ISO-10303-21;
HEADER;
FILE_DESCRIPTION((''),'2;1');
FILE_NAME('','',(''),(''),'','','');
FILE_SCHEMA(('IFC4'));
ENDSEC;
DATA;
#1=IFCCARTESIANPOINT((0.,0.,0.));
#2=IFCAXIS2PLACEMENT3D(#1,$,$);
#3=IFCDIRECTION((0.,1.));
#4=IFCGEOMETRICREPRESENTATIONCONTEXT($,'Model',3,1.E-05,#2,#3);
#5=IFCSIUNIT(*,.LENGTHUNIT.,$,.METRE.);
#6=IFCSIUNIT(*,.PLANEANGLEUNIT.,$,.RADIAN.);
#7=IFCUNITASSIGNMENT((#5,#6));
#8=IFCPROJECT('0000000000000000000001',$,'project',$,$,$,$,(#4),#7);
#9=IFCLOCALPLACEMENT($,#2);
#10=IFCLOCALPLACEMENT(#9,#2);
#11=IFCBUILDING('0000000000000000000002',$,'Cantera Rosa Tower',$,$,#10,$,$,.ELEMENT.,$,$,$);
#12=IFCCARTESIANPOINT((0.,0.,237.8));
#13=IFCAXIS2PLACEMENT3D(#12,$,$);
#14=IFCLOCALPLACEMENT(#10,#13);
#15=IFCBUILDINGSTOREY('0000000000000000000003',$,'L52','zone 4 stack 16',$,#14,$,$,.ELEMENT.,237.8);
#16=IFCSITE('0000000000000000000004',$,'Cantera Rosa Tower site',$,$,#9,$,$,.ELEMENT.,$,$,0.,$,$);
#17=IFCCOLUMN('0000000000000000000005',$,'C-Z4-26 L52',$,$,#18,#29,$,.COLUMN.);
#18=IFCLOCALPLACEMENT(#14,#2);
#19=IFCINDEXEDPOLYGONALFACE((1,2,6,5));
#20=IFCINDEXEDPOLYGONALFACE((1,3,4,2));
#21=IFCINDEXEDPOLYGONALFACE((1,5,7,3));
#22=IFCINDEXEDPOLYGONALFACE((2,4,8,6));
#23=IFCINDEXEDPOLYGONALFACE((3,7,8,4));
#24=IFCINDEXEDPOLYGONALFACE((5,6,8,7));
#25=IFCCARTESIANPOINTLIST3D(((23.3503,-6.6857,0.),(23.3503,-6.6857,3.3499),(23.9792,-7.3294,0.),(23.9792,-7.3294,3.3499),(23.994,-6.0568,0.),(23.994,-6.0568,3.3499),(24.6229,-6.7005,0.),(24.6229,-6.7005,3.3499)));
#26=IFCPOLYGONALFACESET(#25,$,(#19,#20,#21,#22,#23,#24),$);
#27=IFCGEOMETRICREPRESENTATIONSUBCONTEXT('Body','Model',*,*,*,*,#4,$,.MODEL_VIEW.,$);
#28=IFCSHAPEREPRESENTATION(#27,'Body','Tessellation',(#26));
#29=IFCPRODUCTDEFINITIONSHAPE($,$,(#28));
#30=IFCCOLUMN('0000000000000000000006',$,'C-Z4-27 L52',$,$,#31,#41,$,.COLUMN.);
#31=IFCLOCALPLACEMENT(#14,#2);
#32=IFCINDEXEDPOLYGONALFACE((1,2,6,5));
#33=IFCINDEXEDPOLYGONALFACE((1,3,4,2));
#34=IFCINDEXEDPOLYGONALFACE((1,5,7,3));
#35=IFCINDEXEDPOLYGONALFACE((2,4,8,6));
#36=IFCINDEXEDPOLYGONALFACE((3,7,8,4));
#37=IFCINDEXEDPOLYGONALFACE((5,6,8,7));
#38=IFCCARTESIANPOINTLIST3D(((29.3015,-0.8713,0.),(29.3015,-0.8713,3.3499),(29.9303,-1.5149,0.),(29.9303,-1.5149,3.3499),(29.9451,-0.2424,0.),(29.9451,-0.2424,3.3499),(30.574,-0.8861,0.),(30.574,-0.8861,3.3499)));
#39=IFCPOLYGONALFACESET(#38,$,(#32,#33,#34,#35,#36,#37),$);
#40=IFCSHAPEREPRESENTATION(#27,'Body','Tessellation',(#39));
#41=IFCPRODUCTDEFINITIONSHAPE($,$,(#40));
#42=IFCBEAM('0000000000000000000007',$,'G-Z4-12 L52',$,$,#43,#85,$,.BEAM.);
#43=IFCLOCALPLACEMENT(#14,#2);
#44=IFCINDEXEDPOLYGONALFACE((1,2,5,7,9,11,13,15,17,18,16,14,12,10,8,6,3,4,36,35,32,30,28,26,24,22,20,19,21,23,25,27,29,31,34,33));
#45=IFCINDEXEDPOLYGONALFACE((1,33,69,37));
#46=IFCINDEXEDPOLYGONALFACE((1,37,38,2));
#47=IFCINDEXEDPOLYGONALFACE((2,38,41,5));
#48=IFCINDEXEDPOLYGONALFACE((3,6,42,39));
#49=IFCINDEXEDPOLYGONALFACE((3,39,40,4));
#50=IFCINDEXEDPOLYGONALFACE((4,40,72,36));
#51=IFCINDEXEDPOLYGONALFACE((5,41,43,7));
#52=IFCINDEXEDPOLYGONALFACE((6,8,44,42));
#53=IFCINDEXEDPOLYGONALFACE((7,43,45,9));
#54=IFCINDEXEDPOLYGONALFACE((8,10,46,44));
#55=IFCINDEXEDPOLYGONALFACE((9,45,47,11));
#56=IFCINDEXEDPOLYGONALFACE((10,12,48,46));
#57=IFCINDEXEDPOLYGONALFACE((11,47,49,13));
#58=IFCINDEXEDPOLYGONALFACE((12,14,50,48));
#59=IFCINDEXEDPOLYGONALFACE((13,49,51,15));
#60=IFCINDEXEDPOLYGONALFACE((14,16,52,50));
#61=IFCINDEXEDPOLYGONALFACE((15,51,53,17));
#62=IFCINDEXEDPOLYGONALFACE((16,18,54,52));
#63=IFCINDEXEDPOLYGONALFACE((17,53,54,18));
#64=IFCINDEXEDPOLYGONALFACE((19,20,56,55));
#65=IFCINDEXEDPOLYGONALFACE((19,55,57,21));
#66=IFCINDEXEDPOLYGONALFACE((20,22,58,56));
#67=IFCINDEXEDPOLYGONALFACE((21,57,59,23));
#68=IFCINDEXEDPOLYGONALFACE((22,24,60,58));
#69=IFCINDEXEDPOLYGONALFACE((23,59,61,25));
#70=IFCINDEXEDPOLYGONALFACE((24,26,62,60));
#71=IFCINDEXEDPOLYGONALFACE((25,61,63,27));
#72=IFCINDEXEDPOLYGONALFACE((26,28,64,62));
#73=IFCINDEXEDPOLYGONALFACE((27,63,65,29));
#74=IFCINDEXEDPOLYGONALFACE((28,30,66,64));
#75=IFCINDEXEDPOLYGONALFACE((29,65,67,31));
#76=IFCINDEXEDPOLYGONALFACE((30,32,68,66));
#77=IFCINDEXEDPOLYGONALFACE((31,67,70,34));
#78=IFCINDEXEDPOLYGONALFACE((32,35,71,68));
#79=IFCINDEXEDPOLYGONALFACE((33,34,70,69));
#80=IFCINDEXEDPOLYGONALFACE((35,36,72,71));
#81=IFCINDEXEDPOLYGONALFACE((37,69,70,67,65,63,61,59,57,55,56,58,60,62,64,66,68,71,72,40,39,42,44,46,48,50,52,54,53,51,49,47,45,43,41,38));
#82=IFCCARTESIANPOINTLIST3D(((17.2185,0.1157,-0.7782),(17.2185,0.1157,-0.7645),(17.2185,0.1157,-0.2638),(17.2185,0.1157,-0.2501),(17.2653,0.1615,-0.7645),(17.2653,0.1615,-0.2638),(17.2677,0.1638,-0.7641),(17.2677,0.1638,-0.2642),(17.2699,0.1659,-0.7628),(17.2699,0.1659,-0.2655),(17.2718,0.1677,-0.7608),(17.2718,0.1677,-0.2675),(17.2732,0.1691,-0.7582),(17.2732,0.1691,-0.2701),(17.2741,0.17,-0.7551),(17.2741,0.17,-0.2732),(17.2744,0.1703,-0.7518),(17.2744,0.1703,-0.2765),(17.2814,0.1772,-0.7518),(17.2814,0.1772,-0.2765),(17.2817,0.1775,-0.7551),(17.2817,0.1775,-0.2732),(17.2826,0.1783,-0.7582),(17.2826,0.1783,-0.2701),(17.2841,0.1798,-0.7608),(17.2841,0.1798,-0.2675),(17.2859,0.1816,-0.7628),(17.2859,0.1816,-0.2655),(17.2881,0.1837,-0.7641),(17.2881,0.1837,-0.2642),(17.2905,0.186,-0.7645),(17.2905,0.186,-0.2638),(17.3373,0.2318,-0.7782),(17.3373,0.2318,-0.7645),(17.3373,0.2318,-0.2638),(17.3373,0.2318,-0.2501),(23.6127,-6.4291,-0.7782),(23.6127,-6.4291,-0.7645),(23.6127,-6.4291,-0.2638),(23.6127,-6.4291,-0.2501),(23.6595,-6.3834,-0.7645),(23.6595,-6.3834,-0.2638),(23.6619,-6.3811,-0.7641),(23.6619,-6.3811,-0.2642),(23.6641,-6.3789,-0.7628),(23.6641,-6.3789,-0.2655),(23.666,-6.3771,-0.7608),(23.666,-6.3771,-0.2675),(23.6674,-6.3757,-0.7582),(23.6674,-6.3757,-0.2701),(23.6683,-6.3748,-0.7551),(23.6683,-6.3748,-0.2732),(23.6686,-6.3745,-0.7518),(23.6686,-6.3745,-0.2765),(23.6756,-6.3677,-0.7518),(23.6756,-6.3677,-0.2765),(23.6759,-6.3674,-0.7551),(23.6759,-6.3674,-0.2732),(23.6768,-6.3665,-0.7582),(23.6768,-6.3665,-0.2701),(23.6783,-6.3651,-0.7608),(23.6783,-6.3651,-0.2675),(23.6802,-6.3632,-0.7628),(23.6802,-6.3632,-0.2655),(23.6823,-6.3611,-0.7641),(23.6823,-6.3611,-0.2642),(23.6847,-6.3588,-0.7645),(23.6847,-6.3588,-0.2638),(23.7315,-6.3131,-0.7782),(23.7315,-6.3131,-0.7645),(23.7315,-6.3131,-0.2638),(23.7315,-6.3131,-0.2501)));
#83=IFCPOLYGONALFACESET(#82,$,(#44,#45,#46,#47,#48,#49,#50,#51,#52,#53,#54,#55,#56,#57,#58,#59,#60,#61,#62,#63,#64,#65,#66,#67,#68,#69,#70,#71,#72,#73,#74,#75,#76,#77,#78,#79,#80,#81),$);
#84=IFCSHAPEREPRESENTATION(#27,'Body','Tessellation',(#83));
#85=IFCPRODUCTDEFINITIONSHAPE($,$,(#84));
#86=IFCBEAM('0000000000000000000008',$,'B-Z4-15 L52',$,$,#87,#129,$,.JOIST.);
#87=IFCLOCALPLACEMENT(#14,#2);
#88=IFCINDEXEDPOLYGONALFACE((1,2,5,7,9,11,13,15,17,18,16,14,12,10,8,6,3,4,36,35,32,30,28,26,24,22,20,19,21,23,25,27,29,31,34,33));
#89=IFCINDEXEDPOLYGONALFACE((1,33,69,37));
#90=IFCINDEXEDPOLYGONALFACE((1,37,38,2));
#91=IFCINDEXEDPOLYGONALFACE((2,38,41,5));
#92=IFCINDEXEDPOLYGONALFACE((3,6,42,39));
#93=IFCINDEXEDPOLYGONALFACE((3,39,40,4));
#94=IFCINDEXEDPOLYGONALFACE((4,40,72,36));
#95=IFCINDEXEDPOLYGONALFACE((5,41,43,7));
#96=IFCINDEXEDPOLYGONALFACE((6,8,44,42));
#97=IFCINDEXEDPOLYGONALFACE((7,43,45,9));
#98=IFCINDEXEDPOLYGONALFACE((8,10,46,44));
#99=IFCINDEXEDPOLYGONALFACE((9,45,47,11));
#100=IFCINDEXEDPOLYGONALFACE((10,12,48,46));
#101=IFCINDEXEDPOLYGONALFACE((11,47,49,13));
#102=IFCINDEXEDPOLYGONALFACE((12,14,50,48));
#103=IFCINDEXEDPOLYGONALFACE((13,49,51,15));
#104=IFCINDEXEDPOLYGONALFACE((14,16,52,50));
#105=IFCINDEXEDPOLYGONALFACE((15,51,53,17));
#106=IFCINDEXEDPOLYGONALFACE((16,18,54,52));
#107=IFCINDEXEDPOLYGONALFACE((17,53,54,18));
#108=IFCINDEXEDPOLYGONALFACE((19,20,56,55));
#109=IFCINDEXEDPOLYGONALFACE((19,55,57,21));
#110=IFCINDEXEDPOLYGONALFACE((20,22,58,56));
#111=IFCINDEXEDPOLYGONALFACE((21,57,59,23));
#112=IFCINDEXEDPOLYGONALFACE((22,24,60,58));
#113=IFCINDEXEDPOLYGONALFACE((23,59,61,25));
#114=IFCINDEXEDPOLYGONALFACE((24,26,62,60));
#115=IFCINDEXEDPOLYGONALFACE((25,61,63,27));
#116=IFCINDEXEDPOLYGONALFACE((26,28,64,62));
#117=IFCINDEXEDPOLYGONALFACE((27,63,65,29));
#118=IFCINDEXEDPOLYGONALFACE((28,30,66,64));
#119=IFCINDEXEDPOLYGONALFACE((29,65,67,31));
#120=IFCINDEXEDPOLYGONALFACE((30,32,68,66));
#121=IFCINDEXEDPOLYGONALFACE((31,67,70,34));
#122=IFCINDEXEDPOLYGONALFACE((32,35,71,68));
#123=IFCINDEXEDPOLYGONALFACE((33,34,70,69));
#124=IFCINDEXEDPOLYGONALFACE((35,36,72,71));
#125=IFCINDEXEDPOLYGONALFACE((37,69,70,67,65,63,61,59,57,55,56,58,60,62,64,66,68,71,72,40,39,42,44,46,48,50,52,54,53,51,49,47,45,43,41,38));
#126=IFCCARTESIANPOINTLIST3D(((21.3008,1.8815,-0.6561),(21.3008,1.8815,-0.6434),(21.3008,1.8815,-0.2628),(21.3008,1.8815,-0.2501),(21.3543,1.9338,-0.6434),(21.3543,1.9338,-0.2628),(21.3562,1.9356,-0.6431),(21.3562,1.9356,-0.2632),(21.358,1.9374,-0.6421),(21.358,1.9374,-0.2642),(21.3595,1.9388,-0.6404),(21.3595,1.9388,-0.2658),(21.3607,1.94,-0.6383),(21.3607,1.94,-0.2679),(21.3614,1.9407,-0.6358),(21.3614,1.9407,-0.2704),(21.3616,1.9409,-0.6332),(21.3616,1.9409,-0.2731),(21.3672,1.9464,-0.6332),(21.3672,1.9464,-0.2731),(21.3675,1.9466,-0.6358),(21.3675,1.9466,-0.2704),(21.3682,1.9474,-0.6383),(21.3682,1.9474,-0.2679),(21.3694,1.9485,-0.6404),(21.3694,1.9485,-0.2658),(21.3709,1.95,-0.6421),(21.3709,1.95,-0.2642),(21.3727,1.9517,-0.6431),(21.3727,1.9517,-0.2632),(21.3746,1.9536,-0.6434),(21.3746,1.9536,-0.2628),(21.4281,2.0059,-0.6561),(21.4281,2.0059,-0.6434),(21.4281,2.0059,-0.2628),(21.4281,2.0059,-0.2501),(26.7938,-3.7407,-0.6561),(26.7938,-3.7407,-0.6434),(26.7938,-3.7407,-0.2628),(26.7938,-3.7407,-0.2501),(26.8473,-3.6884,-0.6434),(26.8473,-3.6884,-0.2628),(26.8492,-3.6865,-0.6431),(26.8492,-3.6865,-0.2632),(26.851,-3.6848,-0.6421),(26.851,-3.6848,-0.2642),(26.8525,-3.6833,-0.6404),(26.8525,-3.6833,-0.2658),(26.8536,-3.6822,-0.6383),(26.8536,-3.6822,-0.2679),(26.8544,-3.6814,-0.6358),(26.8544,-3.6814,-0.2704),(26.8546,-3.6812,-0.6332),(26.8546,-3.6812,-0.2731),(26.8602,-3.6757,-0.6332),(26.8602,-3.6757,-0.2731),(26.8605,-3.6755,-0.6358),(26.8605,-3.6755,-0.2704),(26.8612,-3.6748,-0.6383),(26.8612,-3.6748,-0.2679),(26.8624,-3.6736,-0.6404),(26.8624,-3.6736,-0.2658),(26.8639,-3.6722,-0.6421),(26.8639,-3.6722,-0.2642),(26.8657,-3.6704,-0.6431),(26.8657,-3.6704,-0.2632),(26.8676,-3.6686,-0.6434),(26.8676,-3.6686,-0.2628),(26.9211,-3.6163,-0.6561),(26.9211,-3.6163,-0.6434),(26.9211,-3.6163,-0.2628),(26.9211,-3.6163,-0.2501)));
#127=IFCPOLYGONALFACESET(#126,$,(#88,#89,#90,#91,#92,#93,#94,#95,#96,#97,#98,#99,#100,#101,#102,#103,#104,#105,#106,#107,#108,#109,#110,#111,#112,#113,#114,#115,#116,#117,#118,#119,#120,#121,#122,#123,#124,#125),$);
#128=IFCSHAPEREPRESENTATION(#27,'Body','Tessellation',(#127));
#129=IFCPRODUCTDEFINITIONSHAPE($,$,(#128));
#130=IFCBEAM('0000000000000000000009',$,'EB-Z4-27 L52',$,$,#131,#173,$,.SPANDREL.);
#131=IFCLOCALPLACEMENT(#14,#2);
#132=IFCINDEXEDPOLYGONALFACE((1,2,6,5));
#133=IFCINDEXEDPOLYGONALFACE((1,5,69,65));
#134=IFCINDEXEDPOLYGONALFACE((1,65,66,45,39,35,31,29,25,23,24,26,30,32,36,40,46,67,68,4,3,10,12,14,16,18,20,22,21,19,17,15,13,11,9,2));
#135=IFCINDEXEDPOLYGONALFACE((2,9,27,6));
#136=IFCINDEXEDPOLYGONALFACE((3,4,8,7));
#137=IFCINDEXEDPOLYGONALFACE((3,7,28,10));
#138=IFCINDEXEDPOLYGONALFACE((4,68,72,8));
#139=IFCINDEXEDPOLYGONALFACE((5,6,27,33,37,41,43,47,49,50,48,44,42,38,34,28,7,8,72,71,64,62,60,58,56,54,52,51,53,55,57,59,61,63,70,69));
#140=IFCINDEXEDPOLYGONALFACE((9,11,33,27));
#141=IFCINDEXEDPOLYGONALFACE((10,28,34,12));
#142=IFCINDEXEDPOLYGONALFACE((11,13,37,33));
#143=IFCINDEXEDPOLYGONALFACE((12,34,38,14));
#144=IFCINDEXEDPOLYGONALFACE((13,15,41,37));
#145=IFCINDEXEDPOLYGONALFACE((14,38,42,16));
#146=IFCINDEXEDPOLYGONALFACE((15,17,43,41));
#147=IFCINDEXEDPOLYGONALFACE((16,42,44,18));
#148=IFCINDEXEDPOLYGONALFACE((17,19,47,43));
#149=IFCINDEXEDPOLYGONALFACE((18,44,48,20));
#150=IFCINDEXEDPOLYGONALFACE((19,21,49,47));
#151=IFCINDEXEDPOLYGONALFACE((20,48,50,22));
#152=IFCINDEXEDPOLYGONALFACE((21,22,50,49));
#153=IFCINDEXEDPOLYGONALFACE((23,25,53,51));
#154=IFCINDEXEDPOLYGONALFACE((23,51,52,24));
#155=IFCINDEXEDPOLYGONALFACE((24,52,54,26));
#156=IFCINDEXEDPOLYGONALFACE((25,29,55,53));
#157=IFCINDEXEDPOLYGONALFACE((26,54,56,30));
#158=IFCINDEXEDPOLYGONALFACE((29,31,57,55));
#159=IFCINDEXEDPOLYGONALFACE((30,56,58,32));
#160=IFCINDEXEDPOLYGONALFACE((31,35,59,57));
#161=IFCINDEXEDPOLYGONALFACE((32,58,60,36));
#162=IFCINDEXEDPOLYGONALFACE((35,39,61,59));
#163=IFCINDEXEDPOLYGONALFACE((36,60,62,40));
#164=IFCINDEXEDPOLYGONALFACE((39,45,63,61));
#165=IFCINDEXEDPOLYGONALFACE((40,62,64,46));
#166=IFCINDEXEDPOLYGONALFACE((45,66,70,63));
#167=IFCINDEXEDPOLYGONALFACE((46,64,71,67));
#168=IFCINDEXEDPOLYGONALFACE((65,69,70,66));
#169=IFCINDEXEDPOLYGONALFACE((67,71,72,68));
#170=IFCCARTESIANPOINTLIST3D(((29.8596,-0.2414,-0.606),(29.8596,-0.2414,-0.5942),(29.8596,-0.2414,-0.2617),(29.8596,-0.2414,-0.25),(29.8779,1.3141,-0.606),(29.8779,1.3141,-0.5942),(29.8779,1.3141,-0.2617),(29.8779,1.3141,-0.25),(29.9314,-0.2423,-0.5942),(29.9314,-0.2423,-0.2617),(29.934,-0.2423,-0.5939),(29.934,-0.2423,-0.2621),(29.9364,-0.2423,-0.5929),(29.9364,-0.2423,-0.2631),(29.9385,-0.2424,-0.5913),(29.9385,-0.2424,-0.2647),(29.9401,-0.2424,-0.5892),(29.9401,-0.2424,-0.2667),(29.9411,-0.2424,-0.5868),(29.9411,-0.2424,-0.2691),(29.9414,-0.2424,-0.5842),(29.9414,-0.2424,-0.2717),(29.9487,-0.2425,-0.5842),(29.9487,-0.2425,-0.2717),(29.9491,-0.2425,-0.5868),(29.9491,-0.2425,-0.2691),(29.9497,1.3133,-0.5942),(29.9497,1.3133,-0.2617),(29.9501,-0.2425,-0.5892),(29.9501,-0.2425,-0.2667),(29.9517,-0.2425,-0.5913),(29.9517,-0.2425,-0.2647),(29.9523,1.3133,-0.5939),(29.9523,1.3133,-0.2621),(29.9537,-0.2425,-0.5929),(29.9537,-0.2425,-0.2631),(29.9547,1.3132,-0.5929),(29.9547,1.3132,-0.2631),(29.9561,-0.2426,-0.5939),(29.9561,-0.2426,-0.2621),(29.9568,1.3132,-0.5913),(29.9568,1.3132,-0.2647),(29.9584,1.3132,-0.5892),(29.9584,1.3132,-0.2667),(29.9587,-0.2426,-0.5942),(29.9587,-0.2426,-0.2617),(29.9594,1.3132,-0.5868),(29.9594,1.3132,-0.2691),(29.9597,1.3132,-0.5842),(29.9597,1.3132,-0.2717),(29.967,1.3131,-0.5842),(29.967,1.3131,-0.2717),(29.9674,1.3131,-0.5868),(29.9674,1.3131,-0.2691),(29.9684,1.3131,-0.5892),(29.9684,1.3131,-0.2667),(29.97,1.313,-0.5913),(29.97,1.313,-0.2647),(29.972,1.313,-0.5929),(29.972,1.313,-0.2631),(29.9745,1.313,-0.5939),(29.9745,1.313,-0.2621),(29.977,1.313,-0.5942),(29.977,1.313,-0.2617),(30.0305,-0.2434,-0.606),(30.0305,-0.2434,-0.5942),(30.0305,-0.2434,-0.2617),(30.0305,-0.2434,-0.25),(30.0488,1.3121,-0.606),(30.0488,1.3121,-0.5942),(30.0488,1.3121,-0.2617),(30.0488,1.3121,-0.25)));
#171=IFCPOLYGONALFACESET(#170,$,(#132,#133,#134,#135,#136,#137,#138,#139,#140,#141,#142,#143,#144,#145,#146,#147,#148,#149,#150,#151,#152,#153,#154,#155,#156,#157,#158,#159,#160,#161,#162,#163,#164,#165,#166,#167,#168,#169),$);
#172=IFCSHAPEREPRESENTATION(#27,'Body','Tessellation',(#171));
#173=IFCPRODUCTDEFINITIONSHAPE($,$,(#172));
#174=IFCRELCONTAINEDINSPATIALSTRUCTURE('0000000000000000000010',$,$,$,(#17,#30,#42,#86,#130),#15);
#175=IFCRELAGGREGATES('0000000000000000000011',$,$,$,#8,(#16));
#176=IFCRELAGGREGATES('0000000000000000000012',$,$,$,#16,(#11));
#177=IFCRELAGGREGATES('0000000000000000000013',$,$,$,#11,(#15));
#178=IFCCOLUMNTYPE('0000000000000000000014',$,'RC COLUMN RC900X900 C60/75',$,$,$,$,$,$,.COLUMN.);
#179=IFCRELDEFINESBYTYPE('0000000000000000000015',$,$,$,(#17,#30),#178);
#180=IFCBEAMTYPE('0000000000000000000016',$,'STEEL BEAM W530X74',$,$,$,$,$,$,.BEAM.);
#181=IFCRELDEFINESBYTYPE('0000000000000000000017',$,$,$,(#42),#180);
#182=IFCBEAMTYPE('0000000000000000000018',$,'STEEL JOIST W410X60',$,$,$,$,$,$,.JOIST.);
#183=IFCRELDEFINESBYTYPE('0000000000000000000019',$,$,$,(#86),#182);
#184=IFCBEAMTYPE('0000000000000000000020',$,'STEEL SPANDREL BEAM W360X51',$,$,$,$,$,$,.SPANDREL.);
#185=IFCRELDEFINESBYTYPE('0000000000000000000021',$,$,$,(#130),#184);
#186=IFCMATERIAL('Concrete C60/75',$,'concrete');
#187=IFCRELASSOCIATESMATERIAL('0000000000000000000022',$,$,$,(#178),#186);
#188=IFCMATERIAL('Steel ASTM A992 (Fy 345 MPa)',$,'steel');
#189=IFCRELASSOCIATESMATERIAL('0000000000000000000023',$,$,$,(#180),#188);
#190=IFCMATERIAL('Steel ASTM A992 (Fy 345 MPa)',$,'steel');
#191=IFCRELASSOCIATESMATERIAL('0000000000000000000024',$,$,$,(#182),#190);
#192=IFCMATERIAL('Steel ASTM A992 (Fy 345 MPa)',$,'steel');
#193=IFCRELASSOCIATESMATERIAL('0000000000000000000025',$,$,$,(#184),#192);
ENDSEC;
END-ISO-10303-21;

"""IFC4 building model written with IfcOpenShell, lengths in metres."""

from ifc_helpers import new_model, si_unit, direction, frame, origin, origin_2d, place, context, subcontext, project, spatial, rectangle, i_section, extrude, material, material_profile, profile_set, type_object, element, save


model = new_model("IFC4")

# Units and contexts
model_context = context("Model", 3, precision=1e-05, world=origin(), true_north=direction((0.0, 1.0)))
body_context = subcontext(model_context, "Body", "Model", "MODEL_VIEW")
ifc_project = project(units=[si_unit("LENGTHUNIT", "METRE"), si_unit("PLANEANGLEUNIT", "RADIAN")], contexts=[model_context])

# Site, building, storey
site_placement = place(None, origin())
site = spatial("IfcSite", under=ifc_project, at=site_placement, Name="Cantera Rosa Tower site", CompositionType="ELEMENT", RefElevation=0.0)
building_placement = place(site_placement, origin())
building = spatial("IfcBuilding", under=site, at=building_placement, Name="Cantera Rosa Tower", CompositionType="ELEMENT")
storey_placement = place(building_placement, frame((0.0, 0.0, 237.8)))
storey = spatial("IfcBuildingStorey", under=building, at=storey_placement, Name="L52", Description="zone 4 stack 16", CompositionType="ELEMENT", Elevation=237.8)

# Columns
ifc_material_1 = material(Name="Concrete C60/75", Category="concrete")
ifc_material_profile_1 = material_profile(ifc_material_1, rectangle(XDim=0.8999, YDim=0.8999, at=origin_2d()), Name="RC COLUMN RC900X900 C60/75")
ifc_profile_set_1 = profile_set([ifc_material_profile_1], Name="Concrete C60/75")
column_type = type_object("IfcColumnType", Name="RC COLUMN RC900X900 C60/75", PredefinedType="COLUMN", material=ifc_profile_set_1)
for number, where, z_axis, x_axis, name in (
    (1, (23.9866, -6.6931, 0.0), (0.0, 0.0, 1.0), (0.715286, 0.698832, 0.0), "C-Z4-26 L52"),
    (2, (29.9377, -0.8787, 0.0), (0.0, 0.0, 1.0), (0.715286, 0.698832, 0.0), "C-Z4-27 L52"),
):
    element("IfcColumn", number, at=place(storey_placement, frame(where, z_axis=z_axis, x_axis=x_axis)), inside=storey, type_object=column_type, Name=name, PredefinedType="COLUMN", context=body_context, shape_type="SweptSolid", body=[
        extrude(rectangle(XDim=0.8999, YDim=0.8999, at=origin_2d()), origin(), (0.0, 0.0, 1.0), 3.3499),
    ])

# Beams
ifc_material_2 = material(Name="Steel ASTM A992 (Fy 345 MPa)", Category="steel")
ifc_material_profile_2 = material_profile(ifc_material_2, i_section(OverallWidth=0.166, OverallDepth=0.5281, WebThickness=0.0098, FlangeThickness=0.0137, FilletRadius=0.0127, at=origin_2d()), Name="W530X74")
ifc_profile_set_2 = profile_set([ifc_material_profile_2], Name="Steel ASTM A992 (Fy 345 MPa)")
beam_type_1 = type_object("IfcBeamType", Name="STEEL BEAM W530X74", PredefinedType="BEAM", material=ifc_profile_set_2)
beam_1_placement = place(storey_placement, frame((23.6721, -6.3711, -0.5142), z_axis=(-0.698827, 0.71529, 0.0), x_axis=(-0.71529, -0.698827, 0.0)))
element("IfcBeam", 3, at=beam_1_placement, inside=storey, type_object=beam_type_1, Name="G-Z4-12 L52", PredefinedType="BEAM", context=body_context, shape_type="SweptSolid", body=[
    extrude(i_section(OverallWidth=0.166, OverallDepth=0.5281, WebThickness=0.0098, FlangeThickness=0.0137, FilletRadius=0.0127, at=origin_2d()), origin(), (0.0, 0.0, 1.0), 9.1499),
])
ifc_material_3 = material(Name="Steel ASTM A992 (Fy 345 MPa)", Category="steel")
ifc_material_profile_3 = material_profile(ifc_material_3, i_section(OverallWidth=0.178, OverallDepth=0.406, WebThickness=0.0078, FlangeThickness=0.0127, FilletRadius=0.0103, at=origin_2d()), Name="W410X60")
ifc_profile_set_3 = profile_set([ifc_material_profile_3], Name="Steel ASTM A992 (Fy 345 MPa)")
beam_type_2 = type_object("IfcBeamType", Name="STEEL JOIST W410X60", PredefinedType="JOIST", material=ifc_profile_set_3)
beam_2_placement = place(storey_placement, frame((26.8574, -3.6785, -0.4531), z_axis=(-0.698843, 0.715275, 0.0), x_axis=(-0.715275, -0.698843, 0.0)))
element("IfcBeam", 4, at=beam_2_placement, inside=storey, type_object=beam_type_2, Name="B-Z4-15 L52", PredefinedType="JOIST", context=body_context, shape_type="SweptSolid", body=[
    extrude(i_section(OverallWidth=0.178, OverallDepth=0.406, WebThickness=0.0078, FlangeThickness=0.0127, FilletRadius=0.0103, at=origin_2d()), origin(), (0.0, 0.0, 1.0), 7.8601),
])
ifc_material_4 = material(Name="Steel ASTM A992 (Fy 345 MPa)", Category="steel")
ifc_material_profile_4 = material_profile(ifc_material_4, i_section(OverallWidth=0.1709, OverallDepth=0.356, WebThickness=0.0073, FlangeThickness=0.0117, FilletRadius=0.01, at=origin_2d()), Name="W360X51")
ifc_profile_set_4 = profile_set([ifc_material_profile_4], Name="Steel ASTM A992 (Fy 345 MPa)")
beam_type_3 = type_object("IfcBeamType", Name="STEEL SPANDREL BEAM W360X51", PredefinedType="SPANDREL", material=ifc_profile_set_4)
beam_3_placement = place(storey_placement, frame((29.9451, -0.2424, -0.428), z_axis=(0.011769, 0.999931, 0.0), x_axis=(-0.999931, 0.011769, 0.0)))
element("IfcBeam", 5, at=beam_3_placement, inside=storey, type_object=beam_type_3, Name="EB-Z4-27 L52", PredefinedType="SPANDREL", context=body_context, shape_type="SweptSolid", body=[
    extrude(i_section(OverallWidth=0.1709, OverallDepth=0.356, WebThickness=0.0073, FlangeThickness=0.0117, FilletRadius=0.01, at=origin_2d()), origin(), (0.0, 0.0, 1.0), 1.5557),
])

save(model, "model.ifc")
